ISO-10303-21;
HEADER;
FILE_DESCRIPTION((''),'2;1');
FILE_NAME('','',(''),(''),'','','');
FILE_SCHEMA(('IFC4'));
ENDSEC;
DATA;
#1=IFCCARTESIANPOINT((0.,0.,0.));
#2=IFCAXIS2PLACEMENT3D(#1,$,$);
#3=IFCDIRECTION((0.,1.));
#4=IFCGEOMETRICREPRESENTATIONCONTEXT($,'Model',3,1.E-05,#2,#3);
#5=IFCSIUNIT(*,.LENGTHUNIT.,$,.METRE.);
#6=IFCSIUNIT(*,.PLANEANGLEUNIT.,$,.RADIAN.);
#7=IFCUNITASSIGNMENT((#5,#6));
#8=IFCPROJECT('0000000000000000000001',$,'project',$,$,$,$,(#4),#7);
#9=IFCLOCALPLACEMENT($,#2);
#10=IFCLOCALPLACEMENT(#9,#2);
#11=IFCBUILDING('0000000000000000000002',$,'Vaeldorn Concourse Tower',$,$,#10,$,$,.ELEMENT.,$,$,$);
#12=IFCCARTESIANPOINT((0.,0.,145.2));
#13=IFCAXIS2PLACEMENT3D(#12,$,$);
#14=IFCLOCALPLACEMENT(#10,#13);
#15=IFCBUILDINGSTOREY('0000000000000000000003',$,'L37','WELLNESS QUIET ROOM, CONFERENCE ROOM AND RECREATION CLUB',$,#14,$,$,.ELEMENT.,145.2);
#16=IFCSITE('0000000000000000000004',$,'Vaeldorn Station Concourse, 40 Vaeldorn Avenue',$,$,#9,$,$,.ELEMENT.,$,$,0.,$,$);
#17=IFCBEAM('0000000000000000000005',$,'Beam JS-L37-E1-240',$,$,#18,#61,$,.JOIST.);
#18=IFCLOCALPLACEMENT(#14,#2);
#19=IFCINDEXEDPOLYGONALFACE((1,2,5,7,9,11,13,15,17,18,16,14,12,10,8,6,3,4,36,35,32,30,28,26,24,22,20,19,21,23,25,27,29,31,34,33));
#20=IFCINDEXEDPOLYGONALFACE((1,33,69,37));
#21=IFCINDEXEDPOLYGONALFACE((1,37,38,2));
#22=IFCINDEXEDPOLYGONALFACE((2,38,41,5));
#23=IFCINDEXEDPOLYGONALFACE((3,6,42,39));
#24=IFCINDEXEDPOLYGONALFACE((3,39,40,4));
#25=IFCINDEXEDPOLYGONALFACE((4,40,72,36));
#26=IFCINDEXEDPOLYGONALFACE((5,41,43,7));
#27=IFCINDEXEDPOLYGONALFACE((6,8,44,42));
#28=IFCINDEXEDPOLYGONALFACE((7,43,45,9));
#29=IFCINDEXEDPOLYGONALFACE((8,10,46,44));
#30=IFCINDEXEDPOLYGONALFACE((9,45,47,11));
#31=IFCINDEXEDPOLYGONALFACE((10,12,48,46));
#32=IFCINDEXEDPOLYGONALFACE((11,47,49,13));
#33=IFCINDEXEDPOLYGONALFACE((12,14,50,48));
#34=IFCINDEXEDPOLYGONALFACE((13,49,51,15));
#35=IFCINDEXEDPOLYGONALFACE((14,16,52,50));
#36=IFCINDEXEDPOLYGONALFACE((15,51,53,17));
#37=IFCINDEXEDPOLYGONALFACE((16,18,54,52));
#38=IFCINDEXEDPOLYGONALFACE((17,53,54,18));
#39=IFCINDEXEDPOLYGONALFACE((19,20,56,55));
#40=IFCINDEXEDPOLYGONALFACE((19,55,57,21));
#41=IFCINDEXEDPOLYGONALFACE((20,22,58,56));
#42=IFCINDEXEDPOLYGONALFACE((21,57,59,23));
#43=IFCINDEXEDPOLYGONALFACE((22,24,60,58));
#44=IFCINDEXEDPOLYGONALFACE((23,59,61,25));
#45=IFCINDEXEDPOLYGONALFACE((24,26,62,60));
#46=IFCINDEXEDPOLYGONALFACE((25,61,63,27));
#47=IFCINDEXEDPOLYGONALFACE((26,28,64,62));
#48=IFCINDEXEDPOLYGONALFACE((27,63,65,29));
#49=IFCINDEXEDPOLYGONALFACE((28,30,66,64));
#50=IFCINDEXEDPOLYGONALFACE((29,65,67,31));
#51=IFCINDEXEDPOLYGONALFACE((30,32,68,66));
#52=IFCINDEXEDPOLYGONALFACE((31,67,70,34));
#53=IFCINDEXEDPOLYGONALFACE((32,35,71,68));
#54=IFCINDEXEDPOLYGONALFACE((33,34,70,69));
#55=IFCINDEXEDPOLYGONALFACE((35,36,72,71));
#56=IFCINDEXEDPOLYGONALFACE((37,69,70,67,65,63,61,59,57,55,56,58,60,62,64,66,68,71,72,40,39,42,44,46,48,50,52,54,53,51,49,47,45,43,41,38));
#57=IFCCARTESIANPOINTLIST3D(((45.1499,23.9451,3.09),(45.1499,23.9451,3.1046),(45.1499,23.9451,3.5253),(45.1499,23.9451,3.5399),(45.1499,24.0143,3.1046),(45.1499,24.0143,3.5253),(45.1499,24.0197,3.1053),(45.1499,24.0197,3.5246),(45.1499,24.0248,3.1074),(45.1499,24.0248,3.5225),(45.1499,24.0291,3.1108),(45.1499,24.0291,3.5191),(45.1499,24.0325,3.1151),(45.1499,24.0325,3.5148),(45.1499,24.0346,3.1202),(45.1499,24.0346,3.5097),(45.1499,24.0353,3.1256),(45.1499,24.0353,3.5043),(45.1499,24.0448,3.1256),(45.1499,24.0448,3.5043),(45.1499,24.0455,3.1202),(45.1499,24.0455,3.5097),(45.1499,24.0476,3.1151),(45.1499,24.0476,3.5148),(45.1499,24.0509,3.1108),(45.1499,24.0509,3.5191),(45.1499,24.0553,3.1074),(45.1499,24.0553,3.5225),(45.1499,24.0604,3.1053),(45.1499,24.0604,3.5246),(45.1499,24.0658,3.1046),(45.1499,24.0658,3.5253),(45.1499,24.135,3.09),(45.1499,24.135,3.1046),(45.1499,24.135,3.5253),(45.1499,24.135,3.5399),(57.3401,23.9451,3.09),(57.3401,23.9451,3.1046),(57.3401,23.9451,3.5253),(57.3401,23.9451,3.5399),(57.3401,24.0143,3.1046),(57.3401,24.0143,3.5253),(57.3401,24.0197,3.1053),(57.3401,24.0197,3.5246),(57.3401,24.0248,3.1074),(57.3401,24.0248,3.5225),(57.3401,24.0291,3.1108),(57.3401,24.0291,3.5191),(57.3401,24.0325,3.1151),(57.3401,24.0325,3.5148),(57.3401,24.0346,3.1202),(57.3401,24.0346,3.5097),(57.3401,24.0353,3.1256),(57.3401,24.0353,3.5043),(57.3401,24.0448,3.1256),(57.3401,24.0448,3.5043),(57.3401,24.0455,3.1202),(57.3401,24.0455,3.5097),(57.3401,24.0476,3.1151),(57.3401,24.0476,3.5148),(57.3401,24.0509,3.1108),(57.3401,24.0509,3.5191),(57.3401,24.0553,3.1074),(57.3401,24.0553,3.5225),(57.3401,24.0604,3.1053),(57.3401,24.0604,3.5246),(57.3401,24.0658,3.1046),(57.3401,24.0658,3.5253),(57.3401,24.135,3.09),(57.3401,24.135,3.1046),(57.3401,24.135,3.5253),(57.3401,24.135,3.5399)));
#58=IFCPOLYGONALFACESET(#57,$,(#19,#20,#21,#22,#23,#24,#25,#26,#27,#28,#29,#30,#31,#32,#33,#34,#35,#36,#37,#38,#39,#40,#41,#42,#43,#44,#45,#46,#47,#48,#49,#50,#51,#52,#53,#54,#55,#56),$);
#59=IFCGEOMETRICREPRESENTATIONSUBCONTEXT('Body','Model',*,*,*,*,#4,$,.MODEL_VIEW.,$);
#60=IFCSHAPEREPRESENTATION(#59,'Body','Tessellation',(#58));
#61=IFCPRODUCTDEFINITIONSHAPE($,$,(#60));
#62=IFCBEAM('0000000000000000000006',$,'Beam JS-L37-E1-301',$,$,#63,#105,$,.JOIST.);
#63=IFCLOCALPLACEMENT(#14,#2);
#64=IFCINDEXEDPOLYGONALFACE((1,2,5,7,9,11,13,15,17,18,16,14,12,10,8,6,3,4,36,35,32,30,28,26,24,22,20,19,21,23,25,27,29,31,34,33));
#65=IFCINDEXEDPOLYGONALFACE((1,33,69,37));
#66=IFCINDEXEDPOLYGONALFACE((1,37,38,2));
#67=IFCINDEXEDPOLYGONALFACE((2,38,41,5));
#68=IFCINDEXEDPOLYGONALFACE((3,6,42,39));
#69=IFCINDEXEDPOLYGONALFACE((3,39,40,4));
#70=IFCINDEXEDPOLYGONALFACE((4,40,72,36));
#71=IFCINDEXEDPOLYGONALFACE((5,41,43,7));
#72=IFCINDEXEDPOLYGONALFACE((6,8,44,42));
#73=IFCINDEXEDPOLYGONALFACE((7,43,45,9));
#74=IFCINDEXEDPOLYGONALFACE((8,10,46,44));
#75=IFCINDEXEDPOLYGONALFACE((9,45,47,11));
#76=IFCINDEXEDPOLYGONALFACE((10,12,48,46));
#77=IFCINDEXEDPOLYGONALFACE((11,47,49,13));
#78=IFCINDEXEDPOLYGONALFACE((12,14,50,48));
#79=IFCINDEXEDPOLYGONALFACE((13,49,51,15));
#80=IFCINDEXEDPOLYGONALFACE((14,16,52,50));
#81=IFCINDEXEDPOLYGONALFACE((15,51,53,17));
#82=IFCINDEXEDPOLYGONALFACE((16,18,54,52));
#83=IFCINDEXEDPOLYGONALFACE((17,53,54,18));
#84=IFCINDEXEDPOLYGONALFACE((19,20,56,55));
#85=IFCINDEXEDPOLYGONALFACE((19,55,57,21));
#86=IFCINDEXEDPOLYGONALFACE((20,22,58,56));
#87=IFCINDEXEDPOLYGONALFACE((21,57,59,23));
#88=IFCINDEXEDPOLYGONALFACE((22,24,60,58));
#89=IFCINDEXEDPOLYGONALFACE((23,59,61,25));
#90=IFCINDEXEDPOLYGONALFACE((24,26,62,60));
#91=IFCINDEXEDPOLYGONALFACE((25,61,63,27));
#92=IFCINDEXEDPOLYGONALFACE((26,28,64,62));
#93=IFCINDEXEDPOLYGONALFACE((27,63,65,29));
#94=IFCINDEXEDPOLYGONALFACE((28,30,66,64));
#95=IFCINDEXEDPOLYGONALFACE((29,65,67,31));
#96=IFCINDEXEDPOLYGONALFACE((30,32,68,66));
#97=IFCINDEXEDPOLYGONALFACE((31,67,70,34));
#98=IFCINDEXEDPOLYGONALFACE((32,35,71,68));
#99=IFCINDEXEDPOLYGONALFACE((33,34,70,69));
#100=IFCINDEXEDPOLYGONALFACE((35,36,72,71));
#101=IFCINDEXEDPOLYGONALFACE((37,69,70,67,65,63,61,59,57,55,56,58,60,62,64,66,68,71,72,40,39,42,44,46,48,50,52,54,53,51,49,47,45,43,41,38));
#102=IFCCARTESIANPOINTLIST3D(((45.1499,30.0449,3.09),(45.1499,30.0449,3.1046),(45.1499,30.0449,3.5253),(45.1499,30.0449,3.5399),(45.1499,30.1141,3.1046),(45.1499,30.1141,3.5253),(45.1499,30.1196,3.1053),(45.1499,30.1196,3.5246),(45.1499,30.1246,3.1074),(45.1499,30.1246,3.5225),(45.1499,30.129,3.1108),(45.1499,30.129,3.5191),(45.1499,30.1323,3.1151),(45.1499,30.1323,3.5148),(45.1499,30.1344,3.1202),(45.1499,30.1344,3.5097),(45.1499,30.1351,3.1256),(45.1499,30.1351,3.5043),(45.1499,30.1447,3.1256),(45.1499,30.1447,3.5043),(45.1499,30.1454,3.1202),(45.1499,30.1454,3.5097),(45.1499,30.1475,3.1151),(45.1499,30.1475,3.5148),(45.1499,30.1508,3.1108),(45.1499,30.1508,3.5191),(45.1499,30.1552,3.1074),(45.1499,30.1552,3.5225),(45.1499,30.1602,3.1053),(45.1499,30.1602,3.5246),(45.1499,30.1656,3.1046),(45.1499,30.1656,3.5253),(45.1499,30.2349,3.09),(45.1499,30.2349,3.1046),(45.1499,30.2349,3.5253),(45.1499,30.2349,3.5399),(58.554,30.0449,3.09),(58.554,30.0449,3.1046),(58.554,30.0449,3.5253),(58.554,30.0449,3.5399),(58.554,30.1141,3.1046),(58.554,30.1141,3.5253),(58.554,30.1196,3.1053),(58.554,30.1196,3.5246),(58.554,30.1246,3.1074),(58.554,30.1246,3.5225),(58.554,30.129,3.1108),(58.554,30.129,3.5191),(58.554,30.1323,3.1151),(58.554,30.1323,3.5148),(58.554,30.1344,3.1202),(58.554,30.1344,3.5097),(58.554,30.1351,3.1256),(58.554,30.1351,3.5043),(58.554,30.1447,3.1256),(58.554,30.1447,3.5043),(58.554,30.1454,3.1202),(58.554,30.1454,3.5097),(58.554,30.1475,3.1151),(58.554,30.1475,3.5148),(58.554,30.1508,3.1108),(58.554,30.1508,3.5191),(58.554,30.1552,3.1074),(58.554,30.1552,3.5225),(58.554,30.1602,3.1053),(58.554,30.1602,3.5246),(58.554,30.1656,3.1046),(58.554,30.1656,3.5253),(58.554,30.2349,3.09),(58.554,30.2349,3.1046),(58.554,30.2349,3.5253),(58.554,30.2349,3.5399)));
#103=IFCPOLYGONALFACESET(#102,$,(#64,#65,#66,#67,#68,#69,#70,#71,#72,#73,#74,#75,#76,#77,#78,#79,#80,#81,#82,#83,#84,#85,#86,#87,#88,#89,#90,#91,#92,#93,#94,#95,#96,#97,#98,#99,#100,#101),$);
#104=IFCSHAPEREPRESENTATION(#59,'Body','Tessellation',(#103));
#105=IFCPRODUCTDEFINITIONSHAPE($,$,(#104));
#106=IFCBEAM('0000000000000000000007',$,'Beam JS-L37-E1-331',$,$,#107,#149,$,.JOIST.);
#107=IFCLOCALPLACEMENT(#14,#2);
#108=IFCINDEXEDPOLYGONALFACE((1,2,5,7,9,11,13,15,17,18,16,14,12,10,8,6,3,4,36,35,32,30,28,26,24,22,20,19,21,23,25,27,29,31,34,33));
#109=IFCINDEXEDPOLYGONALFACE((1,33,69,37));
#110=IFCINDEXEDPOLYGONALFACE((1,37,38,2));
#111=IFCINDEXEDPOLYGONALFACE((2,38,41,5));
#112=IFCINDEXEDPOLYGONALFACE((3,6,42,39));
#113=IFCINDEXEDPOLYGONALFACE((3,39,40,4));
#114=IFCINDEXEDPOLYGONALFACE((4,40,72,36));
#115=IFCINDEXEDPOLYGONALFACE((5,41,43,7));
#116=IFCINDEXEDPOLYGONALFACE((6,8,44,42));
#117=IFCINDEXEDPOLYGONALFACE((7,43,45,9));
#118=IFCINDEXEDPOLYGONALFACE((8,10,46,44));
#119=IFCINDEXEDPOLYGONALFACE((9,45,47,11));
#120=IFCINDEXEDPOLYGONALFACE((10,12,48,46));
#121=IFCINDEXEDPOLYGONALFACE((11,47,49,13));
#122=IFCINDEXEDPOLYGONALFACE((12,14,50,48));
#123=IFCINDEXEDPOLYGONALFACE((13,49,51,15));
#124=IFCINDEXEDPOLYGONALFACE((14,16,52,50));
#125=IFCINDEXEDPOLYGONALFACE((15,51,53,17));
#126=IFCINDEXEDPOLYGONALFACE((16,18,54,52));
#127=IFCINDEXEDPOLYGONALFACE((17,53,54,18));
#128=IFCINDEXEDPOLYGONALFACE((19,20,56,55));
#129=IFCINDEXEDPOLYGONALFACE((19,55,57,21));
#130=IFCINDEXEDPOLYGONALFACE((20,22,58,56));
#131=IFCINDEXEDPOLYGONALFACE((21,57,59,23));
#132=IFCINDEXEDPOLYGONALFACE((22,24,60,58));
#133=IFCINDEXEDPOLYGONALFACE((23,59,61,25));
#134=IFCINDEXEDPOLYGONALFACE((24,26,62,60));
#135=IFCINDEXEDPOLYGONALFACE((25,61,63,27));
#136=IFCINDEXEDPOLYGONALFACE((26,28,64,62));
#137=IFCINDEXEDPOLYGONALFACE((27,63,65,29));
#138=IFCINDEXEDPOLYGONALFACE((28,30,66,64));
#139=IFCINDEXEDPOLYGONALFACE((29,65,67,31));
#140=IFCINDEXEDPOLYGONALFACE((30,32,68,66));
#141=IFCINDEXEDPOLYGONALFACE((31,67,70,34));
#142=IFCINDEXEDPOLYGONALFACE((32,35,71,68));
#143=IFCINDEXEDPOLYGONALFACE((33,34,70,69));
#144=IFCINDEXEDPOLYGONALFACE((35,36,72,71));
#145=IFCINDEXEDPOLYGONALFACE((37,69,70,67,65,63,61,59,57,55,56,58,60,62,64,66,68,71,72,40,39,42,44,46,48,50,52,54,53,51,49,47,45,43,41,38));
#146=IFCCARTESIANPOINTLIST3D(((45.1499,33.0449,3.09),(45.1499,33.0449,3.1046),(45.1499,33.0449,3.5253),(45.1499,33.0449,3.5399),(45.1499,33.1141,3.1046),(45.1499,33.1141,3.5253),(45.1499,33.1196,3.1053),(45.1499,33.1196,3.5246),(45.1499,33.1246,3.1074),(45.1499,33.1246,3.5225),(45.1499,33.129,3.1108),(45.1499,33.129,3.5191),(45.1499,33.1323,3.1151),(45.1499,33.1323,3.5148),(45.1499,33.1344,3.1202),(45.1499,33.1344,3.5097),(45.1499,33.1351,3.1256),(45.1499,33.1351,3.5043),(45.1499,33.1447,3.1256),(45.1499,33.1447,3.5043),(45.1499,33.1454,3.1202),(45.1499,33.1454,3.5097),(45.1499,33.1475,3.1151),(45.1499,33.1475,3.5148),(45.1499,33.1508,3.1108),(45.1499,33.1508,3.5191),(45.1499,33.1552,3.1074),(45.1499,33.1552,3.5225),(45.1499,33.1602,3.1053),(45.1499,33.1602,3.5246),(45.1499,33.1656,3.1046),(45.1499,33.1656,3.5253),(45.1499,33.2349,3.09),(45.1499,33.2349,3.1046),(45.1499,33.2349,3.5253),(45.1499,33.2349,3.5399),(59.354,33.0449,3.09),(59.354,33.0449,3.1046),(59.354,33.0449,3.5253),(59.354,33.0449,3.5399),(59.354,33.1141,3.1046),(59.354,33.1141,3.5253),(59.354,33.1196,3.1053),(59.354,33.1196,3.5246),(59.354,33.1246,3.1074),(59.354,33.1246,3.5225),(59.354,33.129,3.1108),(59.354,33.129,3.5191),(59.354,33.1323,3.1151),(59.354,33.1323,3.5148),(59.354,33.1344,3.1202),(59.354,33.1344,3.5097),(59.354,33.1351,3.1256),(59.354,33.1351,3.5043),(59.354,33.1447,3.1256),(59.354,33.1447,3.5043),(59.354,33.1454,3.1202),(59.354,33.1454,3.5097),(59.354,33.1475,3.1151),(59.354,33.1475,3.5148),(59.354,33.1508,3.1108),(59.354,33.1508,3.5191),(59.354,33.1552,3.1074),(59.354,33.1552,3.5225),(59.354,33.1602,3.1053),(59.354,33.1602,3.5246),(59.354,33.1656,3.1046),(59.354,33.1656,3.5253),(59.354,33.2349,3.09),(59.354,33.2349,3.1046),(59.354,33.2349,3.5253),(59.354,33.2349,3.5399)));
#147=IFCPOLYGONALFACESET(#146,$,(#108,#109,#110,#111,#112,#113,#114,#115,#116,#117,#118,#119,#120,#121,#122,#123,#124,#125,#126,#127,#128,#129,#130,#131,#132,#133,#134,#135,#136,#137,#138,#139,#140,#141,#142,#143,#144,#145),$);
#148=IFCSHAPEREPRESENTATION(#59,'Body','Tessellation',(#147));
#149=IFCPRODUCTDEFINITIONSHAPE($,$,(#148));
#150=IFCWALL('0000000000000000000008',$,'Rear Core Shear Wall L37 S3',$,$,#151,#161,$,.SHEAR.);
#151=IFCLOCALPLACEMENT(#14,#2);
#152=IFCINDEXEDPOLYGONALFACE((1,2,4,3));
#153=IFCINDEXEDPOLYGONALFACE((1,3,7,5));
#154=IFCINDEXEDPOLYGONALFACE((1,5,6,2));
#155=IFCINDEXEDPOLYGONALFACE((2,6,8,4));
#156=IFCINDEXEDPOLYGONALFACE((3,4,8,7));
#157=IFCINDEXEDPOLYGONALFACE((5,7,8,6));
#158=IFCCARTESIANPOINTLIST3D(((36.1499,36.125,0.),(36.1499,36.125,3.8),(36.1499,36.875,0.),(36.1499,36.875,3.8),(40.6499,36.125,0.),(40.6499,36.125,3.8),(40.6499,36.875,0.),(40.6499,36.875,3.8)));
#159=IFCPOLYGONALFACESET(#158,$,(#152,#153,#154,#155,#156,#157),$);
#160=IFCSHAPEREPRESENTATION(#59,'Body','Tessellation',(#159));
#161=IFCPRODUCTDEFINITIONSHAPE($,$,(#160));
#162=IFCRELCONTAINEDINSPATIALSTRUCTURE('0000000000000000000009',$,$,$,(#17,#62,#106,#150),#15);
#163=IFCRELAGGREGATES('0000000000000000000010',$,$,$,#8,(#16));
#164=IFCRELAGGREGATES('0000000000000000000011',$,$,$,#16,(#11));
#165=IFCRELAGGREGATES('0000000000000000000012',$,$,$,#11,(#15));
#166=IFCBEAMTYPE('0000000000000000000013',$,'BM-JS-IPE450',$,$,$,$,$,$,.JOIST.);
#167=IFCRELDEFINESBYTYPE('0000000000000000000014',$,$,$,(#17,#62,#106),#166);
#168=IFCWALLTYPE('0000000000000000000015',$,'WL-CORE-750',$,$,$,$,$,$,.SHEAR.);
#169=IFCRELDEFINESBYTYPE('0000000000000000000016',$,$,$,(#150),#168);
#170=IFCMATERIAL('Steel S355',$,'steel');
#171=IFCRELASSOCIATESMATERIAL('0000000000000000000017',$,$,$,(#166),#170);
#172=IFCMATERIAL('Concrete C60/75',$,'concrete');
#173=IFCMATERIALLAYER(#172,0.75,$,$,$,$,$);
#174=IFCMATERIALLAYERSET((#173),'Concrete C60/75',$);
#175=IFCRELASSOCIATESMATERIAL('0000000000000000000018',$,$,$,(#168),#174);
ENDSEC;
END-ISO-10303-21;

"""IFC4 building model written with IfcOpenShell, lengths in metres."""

from ifc_helpers import new_model, si_unit, direction, frame, frame_2d, origin, origin_2d, place, context, subcontext, project, spatial, rectangle, i_section, extrude, source, transform, mapped, material, layer, layer_set, material_profile, profile_set, type_object, element, save


model = new_model("IFC4")

# Units and contexts
model_context = context("Model", 3, precision=1e-05, world=origin(), true_north=direction((0.0, 1.0)))
body_context = subcontext(model_context, "Body", "Model", "MODEL_VIEW")
ifc_project = project(units=[si_unit("LENGTHUNIT", "METRE"), si_unit("PLANEANGLEUNIT", "RADIAN")], contexts=[model_context])

# Site, building, storey
site_placement = place(None, origin())
site = spatial("IfcSite", under=ifc_project, at=site_placement, Name="Vaeldorn Station Concourse, 40 Vaeldorn Avenue", CompositionType="ELEMENT", RefElevation=0.0)
building_placement = place(site_placement, origin())
building = spatial("IfcBuilding", under=site, at=building_placement, Name="Vaeldorn Concourse Tower", CompositionType="ELEMENT")
storey_placement = place(building_placement, frame((0.0, 0.0, 145.2)))
storey = spatial("IfcBuildingStorey", under=building, at=storey_placement, Name="L37", Description="WELLNESS QUIET ROOM, CONFERENCE ROOM AND RECREATION CLUB", CompositionType="ELEMENT", Elevation=145.2)

# Beams
ifc_material_1 = material(Name="Steel S355", Category="steel")
ifc_material_profile_1 = material_profile(ifc_material_1, i_section(OverallWidth=0.1899, OverallDepth=0.45, WebThickness=0.0095, FlangeThickness=0.0146, FilletRadius=0.021, at=origin_2d()), Name="IPE 450")
ifc_profile_set_1 = profile_set([ifc_material_profile_1], Name="Steel S355")
beam_type_1 = type_object("IfcBeamType", Name="BM-JS-IPE450", PredefinedType="JOIST", material=ifc_profile_set_1)
shared_shape_1 = source(origin(), body_context, "Body", "SweptSolid", [
    extrude(i_section(OverallWidth=0.1899, OverallDepth=0.45, WebThickness=0.0095, FlangeThickness=0.0146, FilletRadius=0.021, at=origin_2d()), origin(), (0.0, 0.0, 1.0), 12.1902),
])
beam_1_placement = place(storey_placement, frame((45.1499, 24.04, 3.3149), z_axis=(1.0, 0.0, 0.0), x_axis=(0.0, 1.0, 0.0)))
element("IfcBeam", 1, at=beam_1_placement, inside=storey, type_object=beam_type_1, Name="Beam JS-L37-E1-240", PredefinedType="JOIST", context=body_context, shape_type="MappedRepresentation", body=[
    mapped(shared_shape_1, transform((0.0, 0.0, 0.0), scale=1.0)),
])
shared_shape_2 = source(origin(), body_context, "Body", "SweptSolid", [
    extrude(i_section(OverallWidth=0.1899, OverallDepth=0.45, WebThickness=0.0095, FlangeThickness=0.0146, FilletRadius=0.021, at=origin_2d()), origin(), (0.0, 0.0, 1.0), 13.4041),
])
beam_2_placement = place(storey_placement, frame((45.1499, 30.1399, 3.3149), z_axis=(1.0, 0.0, 0.0), x_axis=(0.0, 1.0, 0.0)))
element("IfcBeam", 2, at=beam_2_placement, inside=storey, type_object=beam_type_1, Name="Beam JS-L37-E1-301", PredefinedType="JOIST", context=body_context, shape_type="MappedRepresentation", body=[
    mapped(shared_shape_2, transform((0.0, 0.0, 0.0), scale=1.0)),
])
shared_shape_3 = source(origin(), body_context, "Body", "SweptSolid", [
    extrude(i_section(OverallWidth=0.1899, OverallDepth=0.45, WebThickness=0.0095, FlangeThickness=0.0146, FilletRadius=0.021, at=origin_2d()), origin(), (0.0, 0.0, 1.0), 14.2041),
])
beam_3_placement = place(storey_placement, frame((45.1499, 33.1399, 3.3149), z_axis=(1.0, 0.0, 0.0), x_axis=(0.0, 1.0, 0.0)))
element("IfcBeam", 3, at=beam_3_placement, inside=storey, type_object=beam_type_1, Name="Beam JS-L37-E1-331", PredefinedType="JOIST", context=body_context, shape_type="MappedRepresentation", body=[
    mapped(shared_shape_3, transform((0.0, 0.0, 0.0), scale=1.0)),
])

# Wall
ifc_material_2 = material(Name="Concrete C60/75", Category="concrete")
ifc_layer_1 = layer(ifc_material_2, 0.75)
ifc_layer_set_1 = layer_set([ifc_layer_1], Name="Concrete C60/75")
wall_type_1 = type_object("IfcWallType", Name="WL-CORE-750", PredefinedType="SHEAR", material=ifc_layer_set_1)
wall_1_placement = place(storey_placement, frame((36.1499, 36.5, 0.0), z_axis=(0.0, 0.0, 1.0), x_axis=(1.0, 0.0, 0.0)))
element("IfcWall", 4, at=wall_1_placement, inside=storey, type_object=wall_type_1, Name="Rear Core Shear Wall L37 S3", PredefinedType="SHEAR", context=body_context, shape_type="SweptSolid", body=[
    extrude(rectangle(XDim=4.5, YDim=0.75, at=frame_2d((2.25, 0.0))), origin(), (0.0, 0.0, 1.0), 3.8),
])

save(model, "model.ifc")
